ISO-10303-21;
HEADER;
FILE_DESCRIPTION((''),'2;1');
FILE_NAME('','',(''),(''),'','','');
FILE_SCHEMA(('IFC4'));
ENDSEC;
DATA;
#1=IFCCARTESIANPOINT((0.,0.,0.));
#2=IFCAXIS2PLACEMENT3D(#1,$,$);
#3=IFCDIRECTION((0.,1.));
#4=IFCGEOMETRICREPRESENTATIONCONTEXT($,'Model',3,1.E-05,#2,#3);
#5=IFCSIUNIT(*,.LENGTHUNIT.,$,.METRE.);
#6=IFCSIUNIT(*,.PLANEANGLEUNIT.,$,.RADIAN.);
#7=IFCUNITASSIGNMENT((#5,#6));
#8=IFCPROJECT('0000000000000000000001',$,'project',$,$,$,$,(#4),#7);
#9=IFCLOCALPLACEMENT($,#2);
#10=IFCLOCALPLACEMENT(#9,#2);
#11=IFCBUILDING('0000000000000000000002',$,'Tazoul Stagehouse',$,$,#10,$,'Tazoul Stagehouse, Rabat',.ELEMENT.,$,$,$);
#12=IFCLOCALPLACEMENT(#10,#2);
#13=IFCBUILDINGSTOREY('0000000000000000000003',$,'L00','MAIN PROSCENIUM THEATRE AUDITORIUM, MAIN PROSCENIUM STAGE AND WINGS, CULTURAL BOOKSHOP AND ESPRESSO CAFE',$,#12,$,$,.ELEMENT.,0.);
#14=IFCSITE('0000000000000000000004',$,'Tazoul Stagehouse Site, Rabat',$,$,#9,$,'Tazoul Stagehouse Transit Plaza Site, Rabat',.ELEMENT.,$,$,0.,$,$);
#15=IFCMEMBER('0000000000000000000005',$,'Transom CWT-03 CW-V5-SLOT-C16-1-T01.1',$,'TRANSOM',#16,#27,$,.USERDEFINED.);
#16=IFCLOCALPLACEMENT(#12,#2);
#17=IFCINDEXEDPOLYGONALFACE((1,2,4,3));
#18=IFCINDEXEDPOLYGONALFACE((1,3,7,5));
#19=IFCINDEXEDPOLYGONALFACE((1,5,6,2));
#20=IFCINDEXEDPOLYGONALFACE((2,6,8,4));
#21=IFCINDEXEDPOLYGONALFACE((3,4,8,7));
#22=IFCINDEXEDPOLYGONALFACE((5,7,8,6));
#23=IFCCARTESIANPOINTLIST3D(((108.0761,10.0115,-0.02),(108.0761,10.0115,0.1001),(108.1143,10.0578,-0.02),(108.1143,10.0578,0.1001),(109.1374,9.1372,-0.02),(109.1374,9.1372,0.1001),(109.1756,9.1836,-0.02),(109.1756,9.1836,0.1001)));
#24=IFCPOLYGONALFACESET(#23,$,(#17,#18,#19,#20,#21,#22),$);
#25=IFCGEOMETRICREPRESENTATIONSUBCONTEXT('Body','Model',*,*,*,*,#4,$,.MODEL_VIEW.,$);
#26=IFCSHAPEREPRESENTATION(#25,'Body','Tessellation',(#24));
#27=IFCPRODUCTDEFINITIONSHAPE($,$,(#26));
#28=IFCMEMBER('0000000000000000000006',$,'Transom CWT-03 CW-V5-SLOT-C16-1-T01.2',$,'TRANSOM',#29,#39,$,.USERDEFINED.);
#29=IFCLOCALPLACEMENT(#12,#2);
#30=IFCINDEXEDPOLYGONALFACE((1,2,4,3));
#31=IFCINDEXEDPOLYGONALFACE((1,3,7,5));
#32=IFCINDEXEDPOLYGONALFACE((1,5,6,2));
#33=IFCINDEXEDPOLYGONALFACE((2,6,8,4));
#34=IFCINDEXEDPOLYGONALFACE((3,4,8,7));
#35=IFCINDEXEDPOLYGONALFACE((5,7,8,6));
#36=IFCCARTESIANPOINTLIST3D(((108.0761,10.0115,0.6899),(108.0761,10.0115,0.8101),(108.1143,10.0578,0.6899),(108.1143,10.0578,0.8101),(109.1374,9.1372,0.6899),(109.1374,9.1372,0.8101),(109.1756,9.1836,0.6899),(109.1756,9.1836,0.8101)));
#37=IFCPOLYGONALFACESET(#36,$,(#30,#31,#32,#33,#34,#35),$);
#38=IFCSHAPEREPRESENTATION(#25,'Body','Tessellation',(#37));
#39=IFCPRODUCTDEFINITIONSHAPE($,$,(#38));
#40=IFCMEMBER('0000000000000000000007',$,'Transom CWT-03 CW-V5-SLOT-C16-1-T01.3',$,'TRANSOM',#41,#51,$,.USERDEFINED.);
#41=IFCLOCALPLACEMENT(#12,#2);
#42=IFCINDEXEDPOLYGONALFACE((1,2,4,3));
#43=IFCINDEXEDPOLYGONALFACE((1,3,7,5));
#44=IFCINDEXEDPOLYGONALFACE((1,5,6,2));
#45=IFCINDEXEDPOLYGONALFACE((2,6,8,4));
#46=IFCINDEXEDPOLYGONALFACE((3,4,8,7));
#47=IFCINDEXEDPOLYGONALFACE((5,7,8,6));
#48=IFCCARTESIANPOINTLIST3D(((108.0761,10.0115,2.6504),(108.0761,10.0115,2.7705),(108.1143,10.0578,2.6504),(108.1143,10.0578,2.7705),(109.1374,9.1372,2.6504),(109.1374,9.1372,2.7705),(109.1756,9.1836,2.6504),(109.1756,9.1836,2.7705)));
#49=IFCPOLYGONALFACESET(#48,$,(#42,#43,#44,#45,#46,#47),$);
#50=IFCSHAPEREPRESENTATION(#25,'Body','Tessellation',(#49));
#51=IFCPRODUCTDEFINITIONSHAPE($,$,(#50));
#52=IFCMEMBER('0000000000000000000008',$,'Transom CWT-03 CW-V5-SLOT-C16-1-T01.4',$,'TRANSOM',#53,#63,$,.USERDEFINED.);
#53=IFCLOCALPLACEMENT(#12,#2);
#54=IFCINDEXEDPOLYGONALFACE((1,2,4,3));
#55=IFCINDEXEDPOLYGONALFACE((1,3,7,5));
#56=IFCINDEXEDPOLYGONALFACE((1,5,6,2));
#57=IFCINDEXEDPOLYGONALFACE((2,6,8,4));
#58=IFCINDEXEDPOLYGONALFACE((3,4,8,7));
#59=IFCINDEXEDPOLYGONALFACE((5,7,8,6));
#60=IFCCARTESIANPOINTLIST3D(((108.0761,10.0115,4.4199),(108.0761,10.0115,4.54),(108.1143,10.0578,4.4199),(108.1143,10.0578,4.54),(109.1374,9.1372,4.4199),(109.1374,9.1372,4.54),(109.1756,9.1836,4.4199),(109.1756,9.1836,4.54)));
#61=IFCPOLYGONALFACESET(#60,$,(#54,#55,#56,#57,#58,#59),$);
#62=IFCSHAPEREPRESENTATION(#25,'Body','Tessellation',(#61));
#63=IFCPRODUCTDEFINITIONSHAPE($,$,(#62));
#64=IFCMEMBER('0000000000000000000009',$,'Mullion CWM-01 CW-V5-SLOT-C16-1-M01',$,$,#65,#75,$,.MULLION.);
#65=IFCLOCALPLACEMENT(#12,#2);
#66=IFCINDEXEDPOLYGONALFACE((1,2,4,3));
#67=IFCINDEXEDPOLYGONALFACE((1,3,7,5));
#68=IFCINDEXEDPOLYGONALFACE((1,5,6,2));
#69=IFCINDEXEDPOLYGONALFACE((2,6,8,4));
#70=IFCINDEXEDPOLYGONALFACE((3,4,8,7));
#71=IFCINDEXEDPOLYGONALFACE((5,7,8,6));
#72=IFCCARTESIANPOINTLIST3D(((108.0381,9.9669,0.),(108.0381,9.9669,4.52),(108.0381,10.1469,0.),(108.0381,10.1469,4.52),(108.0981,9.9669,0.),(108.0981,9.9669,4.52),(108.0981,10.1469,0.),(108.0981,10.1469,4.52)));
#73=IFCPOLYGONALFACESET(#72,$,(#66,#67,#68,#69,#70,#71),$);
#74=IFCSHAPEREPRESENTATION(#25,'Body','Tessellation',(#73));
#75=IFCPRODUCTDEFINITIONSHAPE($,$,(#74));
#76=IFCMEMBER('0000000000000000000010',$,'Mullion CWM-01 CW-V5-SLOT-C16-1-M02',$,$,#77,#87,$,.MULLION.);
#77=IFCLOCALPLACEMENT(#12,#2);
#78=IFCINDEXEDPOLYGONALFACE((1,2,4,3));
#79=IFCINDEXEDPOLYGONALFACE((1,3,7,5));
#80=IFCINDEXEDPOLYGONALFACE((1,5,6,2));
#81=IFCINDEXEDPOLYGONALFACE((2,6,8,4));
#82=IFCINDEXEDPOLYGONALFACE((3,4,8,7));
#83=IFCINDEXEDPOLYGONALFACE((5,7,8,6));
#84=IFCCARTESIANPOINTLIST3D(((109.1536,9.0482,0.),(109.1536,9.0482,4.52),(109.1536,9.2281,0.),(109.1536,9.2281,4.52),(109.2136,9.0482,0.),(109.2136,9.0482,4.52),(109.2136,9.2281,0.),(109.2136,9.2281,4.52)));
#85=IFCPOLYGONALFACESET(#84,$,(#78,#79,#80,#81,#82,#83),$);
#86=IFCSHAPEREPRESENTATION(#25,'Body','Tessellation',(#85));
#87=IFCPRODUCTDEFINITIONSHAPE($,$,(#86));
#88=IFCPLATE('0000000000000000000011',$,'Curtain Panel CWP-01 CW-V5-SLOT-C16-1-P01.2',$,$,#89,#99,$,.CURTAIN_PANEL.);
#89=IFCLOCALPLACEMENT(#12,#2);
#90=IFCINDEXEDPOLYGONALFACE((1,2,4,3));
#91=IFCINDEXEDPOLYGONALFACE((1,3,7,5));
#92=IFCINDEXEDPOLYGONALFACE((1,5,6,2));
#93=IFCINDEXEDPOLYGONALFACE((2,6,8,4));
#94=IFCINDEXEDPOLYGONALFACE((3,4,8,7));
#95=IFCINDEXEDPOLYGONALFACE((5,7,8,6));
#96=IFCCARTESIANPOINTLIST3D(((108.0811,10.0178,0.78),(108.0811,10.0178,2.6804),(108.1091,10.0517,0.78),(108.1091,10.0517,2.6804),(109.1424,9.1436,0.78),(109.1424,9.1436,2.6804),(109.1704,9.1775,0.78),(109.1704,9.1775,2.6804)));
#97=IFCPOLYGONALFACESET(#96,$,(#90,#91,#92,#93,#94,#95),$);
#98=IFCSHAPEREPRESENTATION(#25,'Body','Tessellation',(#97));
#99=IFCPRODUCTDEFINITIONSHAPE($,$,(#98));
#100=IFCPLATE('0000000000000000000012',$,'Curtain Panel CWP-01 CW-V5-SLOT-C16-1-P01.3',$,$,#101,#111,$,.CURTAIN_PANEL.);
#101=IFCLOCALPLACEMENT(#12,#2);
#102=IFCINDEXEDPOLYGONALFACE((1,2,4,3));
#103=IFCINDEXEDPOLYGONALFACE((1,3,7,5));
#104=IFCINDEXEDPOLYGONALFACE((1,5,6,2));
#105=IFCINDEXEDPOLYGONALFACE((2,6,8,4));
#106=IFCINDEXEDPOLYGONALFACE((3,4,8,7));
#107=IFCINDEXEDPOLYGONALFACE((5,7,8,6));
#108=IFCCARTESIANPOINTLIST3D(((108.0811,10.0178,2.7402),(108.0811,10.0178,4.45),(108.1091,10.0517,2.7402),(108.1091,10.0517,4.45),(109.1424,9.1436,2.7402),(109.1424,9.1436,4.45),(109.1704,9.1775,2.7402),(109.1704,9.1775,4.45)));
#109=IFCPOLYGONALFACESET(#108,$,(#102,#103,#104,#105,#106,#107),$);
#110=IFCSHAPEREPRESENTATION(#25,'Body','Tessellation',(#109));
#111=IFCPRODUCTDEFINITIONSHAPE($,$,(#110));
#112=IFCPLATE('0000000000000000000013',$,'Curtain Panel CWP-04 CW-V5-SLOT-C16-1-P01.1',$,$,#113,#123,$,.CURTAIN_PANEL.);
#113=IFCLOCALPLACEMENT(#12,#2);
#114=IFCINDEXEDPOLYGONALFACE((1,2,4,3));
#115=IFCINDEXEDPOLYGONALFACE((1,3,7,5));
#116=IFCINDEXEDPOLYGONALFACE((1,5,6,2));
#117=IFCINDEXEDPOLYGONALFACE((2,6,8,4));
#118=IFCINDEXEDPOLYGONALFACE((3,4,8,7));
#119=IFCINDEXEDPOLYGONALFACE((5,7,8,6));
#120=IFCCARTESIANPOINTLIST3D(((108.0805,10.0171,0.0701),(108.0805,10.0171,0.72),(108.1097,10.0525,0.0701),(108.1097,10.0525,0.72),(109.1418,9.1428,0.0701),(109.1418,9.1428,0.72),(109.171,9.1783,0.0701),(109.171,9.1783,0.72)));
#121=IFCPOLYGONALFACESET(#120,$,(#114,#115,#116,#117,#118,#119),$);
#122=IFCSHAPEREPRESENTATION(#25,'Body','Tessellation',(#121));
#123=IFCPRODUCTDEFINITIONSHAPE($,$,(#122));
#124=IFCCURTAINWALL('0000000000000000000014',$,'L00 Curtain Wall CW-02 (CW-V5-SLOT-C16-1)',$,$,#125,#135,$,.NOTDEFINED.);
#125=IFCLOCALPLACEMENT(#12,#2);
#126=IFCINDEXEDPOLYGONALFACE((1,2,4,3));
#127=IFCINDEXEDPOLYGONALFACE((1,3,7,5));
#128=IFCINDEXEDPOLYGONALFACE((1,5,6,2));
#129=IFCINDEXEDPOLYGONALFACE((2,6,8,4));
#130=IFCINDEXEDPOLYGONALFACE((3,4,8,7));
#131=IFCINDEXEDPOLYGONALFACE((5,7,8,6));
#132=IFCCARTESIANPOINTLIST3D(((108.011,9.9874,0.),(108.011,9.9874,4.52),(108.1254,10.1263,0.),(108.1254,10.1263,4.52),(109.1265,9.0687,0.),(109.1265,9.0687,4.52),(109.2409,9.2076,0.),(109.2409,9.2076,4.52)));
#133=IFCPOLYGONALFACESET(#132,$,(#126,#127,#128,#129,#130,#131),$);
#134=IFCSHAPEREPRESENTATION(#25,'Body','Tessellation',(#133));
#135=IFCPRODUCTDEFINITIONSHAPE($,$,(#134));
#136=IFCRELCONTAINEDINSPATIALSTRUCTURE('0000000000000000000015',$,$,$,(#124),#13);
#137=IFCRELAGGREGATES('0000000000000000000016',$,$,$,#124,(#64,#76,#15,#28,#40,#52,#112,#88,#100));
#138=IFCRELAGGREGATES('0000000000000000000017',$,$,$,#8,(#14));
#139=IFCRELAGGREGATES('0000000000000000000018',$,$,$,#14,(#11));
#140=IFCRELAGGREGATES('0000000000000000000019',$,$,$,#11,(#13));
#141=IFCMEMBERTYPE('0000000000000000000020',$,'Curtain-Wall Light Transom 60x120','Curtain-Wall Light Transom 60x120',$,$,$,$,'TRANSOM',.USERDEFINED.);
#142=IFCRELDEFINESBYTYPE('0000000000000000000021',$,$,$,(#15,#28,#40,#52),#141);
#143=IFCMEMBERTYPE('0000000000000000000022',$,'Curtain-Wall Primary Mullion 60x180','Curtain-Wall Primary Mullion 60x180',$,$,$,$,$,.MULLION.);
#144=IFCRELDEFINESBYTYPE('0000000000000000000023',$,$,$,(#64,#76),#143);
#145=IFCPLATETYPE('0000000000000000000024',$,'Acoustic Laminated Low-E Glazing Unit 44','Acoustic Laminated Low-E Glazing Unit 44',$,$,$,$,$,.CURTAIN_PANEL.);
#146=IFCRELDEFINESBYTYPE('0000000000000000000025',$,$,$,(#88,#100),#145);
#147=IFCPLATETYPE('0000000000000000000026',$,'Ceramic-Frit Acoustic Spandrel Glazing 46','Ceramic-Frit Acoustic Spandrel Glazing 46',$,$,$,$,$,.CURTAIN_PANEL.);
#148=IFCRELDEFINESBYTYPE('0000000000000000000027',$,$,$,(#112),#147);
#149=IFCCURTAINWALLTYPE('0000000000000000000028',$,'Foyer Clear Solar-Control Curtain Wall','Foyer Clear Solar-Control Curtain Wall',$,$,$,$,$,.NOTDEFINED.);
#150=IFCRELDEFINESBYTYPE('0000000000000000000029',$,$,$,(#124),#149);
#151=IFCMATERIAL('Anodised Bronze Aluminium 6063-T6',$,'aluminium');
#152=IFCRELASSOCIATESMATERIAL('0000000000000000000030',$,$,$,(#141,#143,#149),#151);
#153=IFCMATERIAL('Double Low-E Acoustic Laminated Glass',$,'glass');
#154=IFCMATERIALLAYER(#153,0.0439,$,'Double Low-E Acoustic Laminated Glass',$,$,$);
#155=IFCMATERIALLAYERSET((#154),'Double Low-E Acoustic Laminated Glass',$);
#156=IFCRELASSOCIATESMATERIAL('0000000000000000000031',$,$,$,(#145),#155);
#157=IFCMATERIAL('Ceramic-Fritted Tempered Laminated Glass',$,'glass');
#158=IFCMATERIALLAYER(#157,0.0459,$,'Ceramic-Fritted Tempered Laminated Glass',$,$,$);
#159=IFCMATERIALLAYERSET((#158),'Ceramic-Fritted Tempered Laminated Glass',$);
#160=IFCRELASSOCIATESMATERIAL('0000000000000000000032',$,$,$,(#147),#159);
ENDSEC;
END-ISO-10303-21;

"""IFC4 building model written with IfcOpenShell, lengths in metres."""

from ifc_helpers import new_model, si_unit, direction, frame, frame_2d, origin, origin_2d, place, context, subcontext, project, spatial, rectangle, extrude, material, layer, layer_set, material_profile, profile_set, type_object, element, aggregate, save


model = new_model("IFC4")

# Units and contexts
model_context = context("Model", 3, precision=1e-05, world=origin(), true_north=direction((0.0, 1.0)))
body_context = subcontext(model_context, "Body", "Model", "MODEL_VIEW")
ifc_project = project(units=[si_unit("LENGTHUNIT", "METRE"), si_unit("PLANEANGLEUNIT", "RADIAN")], contexts=[model_context])

# Site, building, storey
site_placement = place(None, origin())
site = spatial("IfcSite", under=ifc_project, at=site_placement, Name="Tazoul Stagehouse Site, Rabat", LongName="Tazoul Stagehouse Transit Plaza Site, Rabat", CompositionType="ELEMENT", RefElevation=0.0)
building_placement = place(site_placement, origin())
building = spatial("IfcBuilding", under=site, at=building_placement, Name="Tazoul Stagehouse", LongName="Tazoul Stagehouse, Rabat", CompositionType="ELEMENT")
storey_placement = place(building_placement, origin())
storey = spatial("IfcBuildingStorey", under=building, at=storey_placement, Name="L00", Description="MAIN PROSCENIUM THEATRE AUDITORIUM, MAIN PROSCENIUM STAGE AND WINGS, CULTURAL BOOKSHOP AND ESPRESSO CAFE", CompositionType="ELEMENT", Elevation=0.0)

# Members
ifc_material_1 = material(Name="Anodised Bronze Aluminium 6063-T6", Category="aluminium")
ifc_material_profile_1 = material_profile(ifc_material_1, rectangle(XDim=0.0601, YDim=0.1201, at=origin_2d()), Name="ALU TRANSOM 60x120")
ifc_profile_set_1 = profile_set([ifc_material_profile_1], Name="Anodised Bronze Aluminium 6063-T6")
member_type_1 = type_object("IfcMemberType", Name="Curtain-Wall Light Transom 60x120", Description="Curtain-Wall Light Transom 60x120", ElementType="TRANSOM", PredefinedType="USERDEFINED", material=ifc_profile_set_1)
member_1_placement = place(storey_placement, frame((108.0952, 10.0347, 0.04), z_axis=(0.771833, -0.635825, 0.0), x_axis=(0.635825, 0.771833, 0.0)))
member_1 = element("IfcMember", 1, at=member_1_placement, type_object=member_type_1, Name="Transom CWT-03 CW-V5-SLOT-C16-1-T01.1", ObjectType="TRANSOM", PredefinedType="USERDEFINED", context=body_context, shape_type="SweptSolid", body=[
    extrude(rectangle(XDim=0.0601, YDim=0.1201, at=origin_2d()), origin(), (0.0, 0.0, 1.0), 1.375),
])
member_2_placement = place(storey_placement, frame((108.0952, 10.0347, 0.75), z_axis=(0.771833, -0.635825, 0.0), x_axis=(0.635825, 0.771833, 0.0)))
member_2 = element("IfcMember", 2, at=member_2_placement, type_object=member_type_1, Name="Transom CWT-03 CW-V5-SLOT-C16-1-T01.2", ObjectType="TRANSOM", PredefinedType="USERDEFINED", context=body_context, shape_type="SweptSolid", body=[
    extrude(rectangle(XDim=0.0601, YDim=0.1201, at=origin_2d()), origin(), (0.0, 0.0, 1.0), 1.375),
])
member_3_placement = place(storey_placement, frame((108.0952, 10.0347, 2.7104), z_axis=(0.771833, -0.635825, 0.0), x_axis=(0.635825, 0.771833, 0.0)))
member_3 = element("IfcMember", 3, at=member_3_placement, type_object=member_type_1, Name="Transom CWT-03 CW-V5-SLOT-C16-1-T01.3", ObjectType="TRANSOM", PredefinedType="USERDEFINED", context=body_context, shape_type="SweptSolid", body=[
    extrude(rectangle(XDim=0.0601, YDim=0.1201, at=origin_2d()), origin(), (0.0, 0.0, 1.0), 1.375),
])
member_4_placement = place(storey_placement, frame((108.0952, 10.0347, 4.48), z_axis=(0.771833, -0.635825, 0.0), x_axis=(0.635825, 0.771833, 0.0)))
member_4 = element("IfcMember", 4, at=member_4_placement, type_object=member_type_1, Name="Transom CWT-03 CW-V5-SLOT-C16-1-T01.4", ObjectType="TRANSOM", PredefinedType="USERDEFINED", context=body_context, shape_type="SweptSolid", body=[
    extrude(rectangle(XDim=0.0601, YDim=0.1201, at=origin_2d()), origin(), (0.0, 0.0, 1.0), 1.375),
])
ifc_material_profile_2 = material_profile(ifc_material_1, rectangle(XDim=0.0601, YDim=0.1799, at=origin_2d()), Name="ALU MULLION 60x180")
ifc_profile_set_2 = profile_set([ifc_material_profile_2], Name="Anodised Bronze Aluminium 6063-T6")
member_type_2 = type_object("IfcMemberType", Name="Curtain-Wall Primary Mullion 60x180", Description="Curtain-Wall Primary Mullion 60x180", PredefinedType="MULLION", material=ifc_profile_set_2)
member_5_placement = place(storey_placement, frame((108.0681, 10.0569, 0.0), z_axis=(0.0, 0.0, 1.0), x_axis=(1.0, 0.0, 0.0)))
member_5 = element("IfcMember", 5, at=member_5_placement, type_object=member_type_2, Name="Mullion CWM-01 CW-V5-SLOT-C16-1-M01", PredefinedType="MULLION", context=body_context, shape_type="SweptSolid", body=[
    extrude(rectangle(XDim=0.0601, YDim=0.1799, at=origin_2d()), origin(), (0.0, 0.0, 1.0), 4.52),
])
member_6_placement = place(storey_placement, frame((109.1836, 9.1382, 0.0), z_axis=(0.0, 0.0, 1.0), x_axis=(1.0, 0.0, 0.0)))
member_6 = element("IfcMember", 6, at=member_6_placement, type_object=member_type_2, Name="Mullion CWM-01 CW-V5-SLOT-C16-1-M02", PredefinedType="MULLION", context=body_context, shape_type="SweptSolid", body=[
    extrude(rectangle(XDim=0.0601, YDim=0.1799, at=origin_2d()), origin(), (0.0, 0.0, 1.0), 4.52),
])

# Plates
ifc_material_2 = material(Name="Double Low-E Acoustic Laminated Glass", Category="glass")
ifc_layer_1 = layer(ifc_material_2, 0.0439, Name="Double Low-E Acoustic Laminated Glass")
ifc_layer_set_1 = layer_set([ifc_layer_1], Name="Double Low-E Acoustic Laminated Glass")
plate_type_1 = type_object("IfcPlateType", Name="Acoustic Laminated Low-E Glazing Unit 44", Description="Acoustic Laminated Low-E Glazing Unit 44", PredefinedType="CURTAIN_PANEL", material=ifc_layer_set_1)
plate_1_placement = place(storey_placement, frame((108.6257, 9.5977, 0.78), z_axis=(0.0, 0.0, 1.0), x_axis=(0.771857, -0.635797, 0.0)))
plate_1 = element("IfcPlate", 7, at=plate_1_placement, type_object=plate_type_1, Name="Curtain Panel CWP-01 CW-V5-SLOT-C16-1-P01.2", PredefinedType="CURTAIN_PANEL", context=body_context, shape_type="SweptSolid", body=[
    extrude(rectangle(XDim=1.375, YDim=0.0439, at=origin_2d()), origin(), (0.0, 0.0, 1.0), 1.9004),
])
plate_2_placement = place(storey_placement, frame((108.6257, 9.5977, 2.7402), z_axis=(0.0, 0.0, 1.0), x_axis=(0.771857, -0.635797, 0.0)))
plate_2 = element("IfcPlate", 8, at=plate_2_placement, type_object=plate_type_1, Name="Curtain Panel CWP-01 CW-V5-SLOT-C16-1-P01.3", PredefinedType="CURTAIN_PANEL", context=body_context, shape_type="SweptSolid", body=[
    extrude(rectangle(XDim=1.375, YDim=0.0439, at=origin_2d()), origin(), (0.0, 0.0, 1.0), 1.7097),
])
ifc_material_3 = material(Name="Ceramic-Fritted Tempered Laminated Glass", Category="glass")
ifc_layer_2 = layer(ifc_material_3, 0.0459, Name="Ceramic-Fritted Tempered Laminated Glass")
ifc_layer_set_2 = layer_set([ifc_layer_2], Name="Ceramic-Fritted Tempered Laminated Glass")
plate_type_2 = type_object("IfcPlateType", Name="Ceramic-Frit Acoustic Spandrel Glazing 46", Description="Ceramic-Frit Acoustic Spandrel Glazing 46", PredefinedType="CURTAIN_PANEL", material=ifc_layer_set_2)
plate_3_placement = place(storey_placement, frame((108.6257, 9.5977, 0.0701), z_axis=(0.0, 0.0, 1.0), x_axis=(0.771857, -0.635797, 0.0)))
plate_3 = element("IfcPlate", 9, at=plate_3_placement, type_object=plate_type_2, Name="Curtain Panel CWP-04 CW-V5-SLOT-C16-1-P01.1", PredefinedType="CURTAIN_PANEL", context=body_context, shape_type="SweptSolid", body=[
    extrude(rectangle(XDim=1.375, YDim=0.0459, at=origin_2d()), origin(), (0.0, 0.0, 1.0), 0.6499),
])

# Curtain wall
curtain_wall_type = type_object("IfcCurtainWallType", Name="Foyer Clear Solar-Control Curtain Wall", Description="Foyer Clear Solar-Control Curtain Wall", PredefinedType="NOTDEFINED", material=ifc_material_1)
curtain_wall_1_placement = place(storey_placement, frame((108.0681, 10.0569, 0.0), z_axis=(0.0, 0.0, 1.0), x_axis=(0.771906, -0.635737, 0.0)))
curtain_wall_1 = element("IfcCurtainWall", 10, at=curtain_wall_1_placement, inside=storey, type_object=curtain_wall_type, Name="L00 Curtain Wall CW-02 (CW-V5-SLOT-C16-1)", PredefinedType="NOTDEFINED", context=body_context, shape_type="SweptSolid", body=[
    extrude(rectangle(XDim=1.4451, YDim=0.1799, at=frame_2d((0.7227, 0.0))), origin(), (0.0, 0.0, 1.0), 4.52),
])
aggregate(curtain_wall_1, [member_5, member_6, member_1, member_2, member_3, member_4, plate_3, plate_1, plate_2])

save(model, "model.ifc")
